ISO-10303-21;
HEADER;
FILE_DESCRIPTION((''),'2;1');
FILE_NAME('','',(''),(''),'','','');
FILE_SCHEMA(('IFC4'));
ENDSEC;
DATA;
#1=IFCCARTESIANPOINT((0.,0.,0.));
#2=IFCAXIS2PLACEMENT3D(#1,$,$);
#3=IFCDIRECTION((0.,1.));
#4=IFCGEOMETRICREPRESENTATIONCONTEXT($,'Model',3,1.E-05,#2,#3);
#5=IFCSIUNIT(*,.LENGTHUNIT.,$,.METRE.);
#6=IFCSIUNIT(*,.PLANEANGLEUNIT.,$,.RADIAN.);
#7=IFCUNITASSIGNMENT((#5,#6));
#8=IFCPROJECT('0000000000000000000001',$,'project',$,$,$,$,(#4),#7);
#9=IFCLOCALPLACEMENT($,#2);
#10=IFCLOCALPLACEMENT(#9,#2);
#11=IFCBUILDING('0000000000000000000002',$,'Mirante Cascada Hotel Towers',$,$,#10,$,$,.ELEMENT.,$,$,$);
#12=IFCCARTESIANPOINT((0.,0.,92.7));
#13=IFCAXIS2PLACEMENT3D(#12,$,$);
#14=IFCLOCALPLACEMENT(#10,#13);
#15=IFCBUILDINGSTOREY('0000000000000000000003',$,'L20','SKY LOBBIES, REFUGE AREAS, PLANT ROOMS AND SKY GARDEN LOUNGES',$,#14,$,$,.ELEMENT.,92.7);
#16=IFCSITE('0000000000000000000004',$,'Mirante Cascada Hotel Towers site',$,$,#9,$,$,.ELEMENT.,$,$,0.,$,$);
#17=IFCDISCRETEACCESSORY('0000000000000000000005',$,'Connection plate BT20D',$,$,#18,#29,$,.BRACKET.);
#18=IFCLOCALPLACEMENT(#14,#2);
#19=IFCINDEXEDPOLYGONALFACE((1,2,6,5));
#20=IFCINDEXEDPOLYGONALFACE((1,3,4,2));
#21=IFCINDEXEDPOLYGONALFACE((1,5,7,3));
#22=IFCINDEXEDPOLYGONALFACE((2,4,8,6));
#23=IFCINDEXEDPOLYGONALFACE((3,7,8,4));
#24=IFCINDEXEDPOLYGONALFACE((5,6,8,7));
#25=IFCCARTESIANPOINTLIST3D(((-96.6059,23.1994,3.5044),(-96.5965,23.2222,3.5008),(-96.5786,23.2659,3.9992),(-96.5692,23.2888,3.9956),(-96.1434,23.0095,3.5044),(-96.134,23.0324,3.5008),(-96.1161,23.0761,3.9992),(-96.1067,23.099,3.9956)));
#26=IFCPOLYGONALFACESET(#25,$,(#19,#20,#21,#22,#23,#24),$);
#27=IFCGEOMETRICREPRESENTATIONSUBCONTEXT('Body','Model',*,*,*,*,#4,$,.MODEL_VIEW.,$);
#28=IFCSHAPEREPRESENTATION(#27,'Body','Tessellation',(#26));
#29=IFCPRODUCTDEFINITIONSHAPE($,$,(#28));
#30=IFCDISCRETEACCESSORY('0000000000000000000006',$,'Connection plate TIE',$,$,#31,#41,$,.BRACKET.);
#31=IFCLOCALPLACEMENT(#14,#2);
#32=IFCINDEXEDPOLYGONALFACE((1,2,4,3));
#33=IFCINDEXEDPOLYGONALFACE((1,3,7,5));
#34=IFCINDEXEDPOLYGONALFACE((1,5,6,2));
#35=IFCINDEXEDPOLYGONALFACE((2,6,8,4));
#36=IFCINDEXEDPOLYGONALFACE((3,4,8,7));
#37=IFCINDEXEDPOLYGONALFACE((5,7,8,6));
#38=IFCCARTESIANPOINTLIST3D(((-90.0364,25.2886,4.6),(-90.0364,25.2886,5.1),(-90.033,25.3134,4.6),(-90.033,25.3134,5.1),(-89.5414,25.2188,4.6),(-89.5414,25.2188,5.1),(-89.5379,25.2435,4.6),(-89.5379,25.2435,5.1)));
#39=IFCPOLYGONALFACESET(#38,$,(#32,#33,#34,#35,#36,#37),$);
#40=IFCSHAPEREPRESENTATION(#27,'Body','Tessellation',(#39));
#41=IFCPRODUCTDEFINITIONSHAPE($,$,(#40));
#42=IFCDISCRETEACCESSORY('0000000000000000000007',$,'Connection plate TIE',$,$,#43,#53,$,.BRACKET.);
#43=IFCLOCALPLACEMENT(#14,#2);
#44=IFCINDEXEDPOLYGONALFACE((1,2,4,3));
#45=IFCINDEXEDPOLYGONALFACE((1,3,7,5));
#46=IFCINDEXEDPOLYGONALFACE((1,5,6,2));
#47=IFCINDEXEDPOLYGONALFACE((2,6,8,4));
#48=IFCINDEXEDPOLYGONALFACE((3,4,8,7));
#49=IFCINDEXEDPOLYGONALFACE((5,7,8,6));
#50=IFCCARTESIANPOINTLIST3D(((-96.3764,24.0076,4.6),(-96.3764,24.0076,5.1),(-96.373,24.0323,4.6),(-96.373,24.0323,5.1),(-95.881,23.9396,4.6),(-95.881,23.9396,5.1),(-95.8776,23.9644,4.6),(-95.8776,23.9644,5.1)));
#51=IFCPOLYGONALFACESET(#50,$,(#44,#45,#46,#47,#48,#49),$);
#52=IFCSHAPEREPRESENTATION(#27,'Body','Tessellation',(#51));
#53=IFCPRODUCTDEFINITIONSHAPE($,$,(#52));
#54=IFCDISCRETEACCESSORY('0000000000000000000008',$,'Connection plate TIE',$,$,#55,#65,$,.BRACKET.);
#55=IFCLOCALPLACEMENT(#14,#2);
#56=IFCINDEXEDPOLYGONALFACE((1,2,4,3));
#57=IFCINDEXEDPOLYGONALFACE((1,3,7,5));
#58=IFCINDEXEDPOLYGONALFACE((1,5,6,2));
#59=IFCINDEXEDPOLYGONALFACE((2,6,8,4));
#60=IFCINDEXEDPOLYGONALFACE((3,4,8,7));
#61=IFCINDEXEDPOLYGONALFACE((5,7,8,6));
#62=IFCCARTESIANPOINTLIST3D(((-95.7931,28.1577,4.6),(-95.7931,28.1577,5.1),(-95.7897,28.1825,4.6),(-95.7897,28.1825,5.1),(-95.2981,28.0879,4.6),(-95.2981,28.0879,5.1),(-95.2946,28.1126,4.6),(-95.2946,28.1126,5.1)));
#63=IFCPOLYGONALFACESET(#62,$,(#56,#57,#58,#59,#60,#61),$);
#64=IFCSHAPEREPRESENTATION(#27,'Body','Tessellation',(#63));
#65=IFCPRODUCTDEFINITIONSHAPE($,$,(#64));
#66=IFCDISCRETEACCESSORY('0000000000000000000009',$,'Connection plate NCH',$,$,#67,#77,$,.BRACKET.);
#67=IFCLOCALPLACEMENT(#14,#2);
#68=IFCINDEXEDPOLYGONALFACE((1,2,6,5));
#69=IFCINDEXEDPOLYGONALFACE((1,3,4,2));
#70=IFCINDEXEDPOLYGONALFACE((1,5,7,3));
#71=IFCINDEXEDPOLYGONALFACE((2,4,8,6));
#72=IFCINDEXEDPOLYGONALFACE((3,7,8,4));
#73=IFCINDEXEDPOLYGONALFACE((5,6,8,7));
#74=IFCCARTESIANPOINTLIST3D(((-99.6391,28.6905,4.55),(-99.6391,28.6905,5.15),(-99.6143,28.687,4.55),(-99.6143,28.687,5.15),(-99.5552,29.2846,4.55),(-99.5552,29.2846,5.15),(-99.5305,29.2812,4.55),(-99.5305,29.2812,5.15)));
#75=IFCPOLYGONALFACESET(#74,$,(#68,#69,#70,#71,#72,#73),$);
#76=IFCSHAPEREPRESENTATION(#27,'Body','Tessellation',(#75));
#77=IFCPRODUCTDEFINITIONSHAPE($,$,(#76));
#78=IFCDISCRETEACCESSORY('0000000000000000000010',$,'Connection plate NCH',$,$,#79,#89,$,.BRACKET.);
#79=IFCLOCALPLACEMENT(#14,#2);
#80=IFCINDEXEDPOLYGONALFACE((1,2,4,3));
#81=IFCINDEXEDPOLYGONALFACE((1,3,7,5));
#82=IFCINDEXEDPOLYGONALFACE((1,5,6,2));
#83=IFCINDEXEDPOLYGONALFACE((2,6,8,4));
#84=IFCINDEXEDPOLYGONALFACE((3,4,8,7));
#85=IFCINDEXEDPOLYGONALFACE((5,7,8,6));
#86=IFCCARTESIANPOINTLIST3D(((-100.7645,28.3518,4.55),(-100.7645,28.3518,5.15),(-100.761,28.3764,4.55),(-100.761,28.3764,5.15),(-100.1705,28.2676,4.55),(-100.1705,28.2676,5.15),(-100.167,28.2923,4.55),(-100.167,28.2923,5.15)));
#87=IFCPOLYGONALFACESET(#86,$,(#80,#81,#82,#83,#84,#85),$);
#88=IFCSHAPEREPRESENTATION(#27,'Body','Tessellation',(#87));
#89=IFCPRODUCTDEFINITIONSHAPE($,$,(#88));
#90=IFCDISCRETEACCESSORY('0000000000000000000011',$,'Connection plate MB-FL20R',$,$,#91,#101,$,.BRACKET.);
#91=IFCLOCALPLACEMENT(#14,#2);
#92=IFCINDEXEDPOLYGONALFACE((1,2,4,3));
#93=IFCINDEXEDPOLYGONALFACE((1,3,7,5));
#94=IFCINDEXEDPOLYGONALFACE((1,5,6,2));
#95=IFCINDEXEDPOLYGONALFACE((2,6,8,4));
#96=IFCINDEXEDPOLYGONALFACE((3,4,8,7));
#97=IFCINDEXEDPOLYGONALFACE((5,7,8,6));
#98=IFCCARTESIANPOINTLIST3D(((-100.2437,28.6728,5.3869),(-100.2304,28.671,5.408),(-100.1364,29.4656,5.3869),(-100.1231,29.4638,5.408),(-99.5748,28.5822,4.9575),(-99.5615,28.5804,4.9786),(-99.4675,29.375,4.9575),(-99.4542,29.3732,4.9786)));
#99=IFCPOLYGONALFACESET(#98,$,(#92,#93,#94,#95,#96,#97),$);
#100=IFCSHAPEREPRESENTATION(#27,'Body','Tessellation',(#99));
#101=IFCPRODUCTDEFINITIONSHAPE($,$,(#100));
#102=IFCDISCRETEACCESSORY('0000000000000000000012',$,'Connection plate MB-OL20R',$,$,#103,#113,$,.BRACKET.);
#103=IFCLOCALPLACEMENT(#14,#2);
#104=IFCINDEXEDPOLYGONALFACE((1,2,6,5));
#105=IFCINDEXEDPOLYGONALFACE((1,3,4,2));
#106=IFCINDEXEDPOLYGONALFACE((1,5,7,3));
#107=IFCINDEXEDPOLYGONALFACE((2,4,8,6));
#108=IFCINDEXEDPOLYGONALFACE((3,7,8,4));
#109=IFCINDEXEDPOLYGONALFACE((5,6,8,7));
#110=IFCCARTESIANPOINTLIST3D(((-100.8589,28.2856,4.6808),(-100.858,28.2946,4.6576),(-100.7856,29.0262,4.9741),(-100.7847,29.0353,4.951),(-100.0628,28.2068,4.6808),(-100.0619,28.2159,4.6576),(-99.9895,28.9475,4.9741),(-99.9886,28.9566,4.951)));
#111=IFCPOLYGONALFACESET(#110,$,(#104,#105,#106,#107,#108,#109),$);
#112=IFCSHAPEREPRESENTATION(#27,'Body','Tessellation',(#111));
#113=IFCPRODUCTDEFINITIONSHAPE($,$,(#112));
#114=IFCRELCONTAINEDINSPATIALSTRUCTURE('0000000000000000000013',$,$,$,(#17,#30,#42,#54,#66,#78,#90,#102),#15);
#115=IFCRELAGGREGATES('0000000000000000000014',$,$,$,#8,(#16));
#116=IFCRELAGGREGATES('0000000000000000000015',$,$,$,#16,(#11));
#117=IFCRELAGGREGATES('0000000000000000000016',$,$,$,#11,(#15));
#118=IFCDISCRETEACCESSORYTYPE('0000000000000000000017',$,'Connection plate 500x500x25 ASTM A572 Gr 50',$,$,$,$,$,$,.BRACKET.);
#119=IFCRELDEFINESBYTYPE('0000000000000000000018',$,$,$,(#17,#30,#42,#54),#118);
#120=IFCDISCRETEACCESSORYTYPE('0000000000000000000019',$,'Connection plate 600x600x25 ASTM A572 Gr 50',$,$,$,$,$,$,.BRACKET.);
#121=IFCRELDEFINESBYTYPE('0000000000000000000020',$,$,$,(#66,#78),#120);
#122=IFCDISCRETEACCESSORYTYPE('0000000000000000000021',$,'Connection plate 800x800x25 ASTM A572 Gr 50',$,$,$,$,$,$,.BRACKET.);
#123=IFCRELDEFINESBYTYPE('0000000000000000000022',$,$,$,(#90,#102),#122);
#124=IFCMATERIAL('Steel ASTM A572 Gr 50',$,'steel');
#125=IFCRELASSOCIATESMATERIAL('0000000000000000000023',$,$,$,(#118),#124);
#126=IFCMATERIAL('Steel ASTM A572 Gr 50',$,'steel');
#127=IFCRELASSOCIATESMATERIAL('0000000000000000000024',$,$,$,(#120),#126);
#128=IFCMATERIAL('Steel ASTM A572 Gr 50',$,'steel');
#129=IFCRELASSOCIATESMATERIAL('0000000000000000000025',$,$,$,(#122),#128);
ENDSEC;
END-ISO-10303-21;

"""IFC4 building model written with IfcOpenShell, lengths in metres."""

from ifc_helpers import new_model, si_unit, direction, frame, origin, origin_2d, place, context, subcontext, project, spatial, rectangle, extrude, material, material_profile, profile_set, type_object, element, save


model = new_model("IFC4")

# Units and contexts
model_context = context("Model", 3, precision=1e-05, world=origin(), true_north=direction((0.0, 1.0)))
body_context = subcontext(model_context, "Body", "Model", "MODEL_VIEW")
ifc_project = project(units=[si_unit("LENGTHUNIT", "METRE"), si_unit("PLANEANGLEUNIT", "RADIAN")], contexts=[model_context])

# Site, building, storey
site_placement = place(None, origin())
site = spatial("IfcSite", under=ifc_project, at=site_placement, Name="Mirante Cascada Hotel Towers site", CompositionType="ELEMENT", RefElevation=0.0)
building_placement = place(site_placement, origin())
building = spatial("IfcBuilding", under=site, at=building_placement, Name="Mirante Cascada Hotel Towers", CompositionType="ELEMENT")
storey_placement = place(building_placement, frame((0.0, 0.0, 92.7)))
storey = spatial("IfcBuildingStorey", under=building, at=storey_placement, Name="L20", Description="SKY LOBBIES, REFUGE AREAS, PLANT ROOMS AND SKY GARDEN LOUNGES", CompositionType="ELEMENT", Elevation=92.7)

# Discrete accessories
ifc_material_1 = material(Name="Steel ASTM A572 Gr 50", Category="steel")
ifc_material_profile_1 = material_profile(ifc_material_1, rectangle(XDim=0.5, YDim=0.5, at=origin_2d()), Name="Connection plate 500x500x25 ASTM A572 Gr 50")
ifc_profile_set_1 = profile_set([ifc_material_profile_1], Name="Steel ASTM A572 Gr 50")
discrete_accessory_type_1 = type_object("IfcDiscreteAccessoryType", Name="Connection plate 500x500x25 ASTM A572 Gr 50", PredefinedType="BRACKET", material=ifc_profile_set_1)
for number, where, z_axis, x_axis, name in (
    (1, (-96.3516, 23.1606, 3.7482), (-0.375781, -0.915466, 0.143916), (0.925096, -0.379734, 0.0), "Connection plate BT20D"),
    (2, (-89.7889, 25.2537, 4.85), (0.139744, 0.990188, 0.0), (-0.990188, 0.139744, 0.0), "Connection plate TIE"),
    (3, (-96.1287, 23.9736, 4.85), (0.135826, 0.990733, 0.0), (-0.990733, 0.135826, 0.0), "Connection plate TIE"),
    (4, (-95.5456, 28.1228, 4.85), (0.139744, 0.990188, 0.0), (-0.990188, 0.139744, 0.0), "Connection plate TIE"),
):
    element("IfcDiscreteAccessory", number, at=place(storey_placement, frame(where, z_axis=z_axis, x_axis=x_axis)), inside=storey, type_object=discrete_accessory_type_1, Name=name, PredefinedType="BRACKET", context=body_context, shape_type="SweptSolid", body=[
        extrude(rectangle(XDim=0.5, YDim=0.5, at=origin_2d()), origin(), (0.0, 0.0, 1.0), 0.025),
    ])
ifc_material_2 = material(Name="Steel ASTM A572 Gr 50", Category="steel")
ifc_material_profile_2 = material_profile(ifc_material_2, rectangle(XDim=0.6, YDim=0.6, at=origin_2d()), Name="Connection plate 600x600x25 ASTM A572 Gr 50")
ifc_profile_set_2 = profile_set([ifc_material_profile_2], Name="Steel ASTM A572 Gr 50")
discrete_accessory_type_2 = type_object("IfcDiscreteAccessoryType", Name="Connection plate 600x600x25 ASTM A572 Gr 50", PredefinedType="BRACKET", material=ifc_profile_set_2)
discrete_accessory_1_placement = place(storey_placement, frame((-99.5724, 28.9841, 4.85), z_axis=(-0.990188, 0.139744, 0.0), x_axis=(-0.139744, -0.990188, 0.0)))
element("IfcDiscreteAccessory", 5, at=discrete_accessory_1_placement, inside=storey, type_object=discrete_accessory_type_2, Name="Connection plate NCH", PredefinedType="BRACKET", context=body_context, shape_type="SweptSolid", body=[
    extrude(rectangle(XDim=0.6, YDim=0.6, at=origin_2d()), origin(), (0.0, 0.0, 1.0), 0.025),
])
discrete_accessory_2_placement = place(storey_placement, frame((-100.4675, 28.3097, 4.85), z_axis=(0.140299, 0.990109, 0.0), x_axis=(-0.990109, 0.140299, 0.0)))
element("IfcDiscreteAccessory", 6, at=discrete_accessory_2_placement, inside=storey, type_object=discrete_accessory_type_2, Name="Connection plate NCH", PredefinedType="BRACKET", context=body_context, shape_type="SweptSolid", body=[
    extrude(rectangle(XDim=0.6, YDim=0.6, at=origin_2d()), origin(), (0.0, 0.0, 1.0), 0.0249),
])
ifc_material_3 = material(Name="Steel ASTM A572 Gr 50", Category="steel")
ifc_material_profile_3 = material_profile(ifc_material_3, rectangle(XDim=0.8, YDim=0.8, at=origin_2d()), Name="Connection plate 800x800x25 ASTM A572 Gr 50")
ifc_profile_set_3 = profile_set([ifc_material_profile_3], Name="Steel ASTM A572 Gr 50")
discrete_accessory_type_3 = type_object("IfcDiscreteAccessoryType", Name="Connection plate 800x800x25 ASTM A572 Gr 50", PredefinedType="BRACKET", material=ifc_profile_set_3)
discrete_accessory_3_placement = place(storey_placement, frame((-99.8556, 29.0239, 5.1722), z_axis=(0.531855, -0.07198, 0.84377), x_axis=(0.134116, 0.990966, 0.0)))
element("IfcDiscreteAccessory", 7, at=discrete_accessory_3_placement, inside=storey, type_object=discrete_accessory_type_3, Name="Connection plate MB-FL20R", PredefinedType="BRACKET", context=body_context, shape_type="SweptSolid", body=[
    extrude(rectangle(XDim=0.8, YDim=0.8, at=origin_2d()), origin(), (0.0, 0.0, 1.0), 0.025),
])
discrete_accessory_4_placement = place(storey_placement, frame((-100.4233, 28.6256, 4.8043), z_axis=(-0.036091, -0.364918, 0.93034), x_axis=(0.995145, -0.098421, 0.0)))
element("IfcDiscreteAccessory", 8, at=discrete_accessory_4_placement, inside=storey, type_object=discrete_accessory_type_3, Name="Connection plate MB-OL20R", PredefinedType="BRACKET", context=body_context, shape_type="SweptSolid", body=[
    extrude(rectangle(XDim=0.8, YDim=0.8, at=origin_2d()), origin(), (0.0, 0.0, 1.0), 0.0249),
])

save(model, "model.ifc")
